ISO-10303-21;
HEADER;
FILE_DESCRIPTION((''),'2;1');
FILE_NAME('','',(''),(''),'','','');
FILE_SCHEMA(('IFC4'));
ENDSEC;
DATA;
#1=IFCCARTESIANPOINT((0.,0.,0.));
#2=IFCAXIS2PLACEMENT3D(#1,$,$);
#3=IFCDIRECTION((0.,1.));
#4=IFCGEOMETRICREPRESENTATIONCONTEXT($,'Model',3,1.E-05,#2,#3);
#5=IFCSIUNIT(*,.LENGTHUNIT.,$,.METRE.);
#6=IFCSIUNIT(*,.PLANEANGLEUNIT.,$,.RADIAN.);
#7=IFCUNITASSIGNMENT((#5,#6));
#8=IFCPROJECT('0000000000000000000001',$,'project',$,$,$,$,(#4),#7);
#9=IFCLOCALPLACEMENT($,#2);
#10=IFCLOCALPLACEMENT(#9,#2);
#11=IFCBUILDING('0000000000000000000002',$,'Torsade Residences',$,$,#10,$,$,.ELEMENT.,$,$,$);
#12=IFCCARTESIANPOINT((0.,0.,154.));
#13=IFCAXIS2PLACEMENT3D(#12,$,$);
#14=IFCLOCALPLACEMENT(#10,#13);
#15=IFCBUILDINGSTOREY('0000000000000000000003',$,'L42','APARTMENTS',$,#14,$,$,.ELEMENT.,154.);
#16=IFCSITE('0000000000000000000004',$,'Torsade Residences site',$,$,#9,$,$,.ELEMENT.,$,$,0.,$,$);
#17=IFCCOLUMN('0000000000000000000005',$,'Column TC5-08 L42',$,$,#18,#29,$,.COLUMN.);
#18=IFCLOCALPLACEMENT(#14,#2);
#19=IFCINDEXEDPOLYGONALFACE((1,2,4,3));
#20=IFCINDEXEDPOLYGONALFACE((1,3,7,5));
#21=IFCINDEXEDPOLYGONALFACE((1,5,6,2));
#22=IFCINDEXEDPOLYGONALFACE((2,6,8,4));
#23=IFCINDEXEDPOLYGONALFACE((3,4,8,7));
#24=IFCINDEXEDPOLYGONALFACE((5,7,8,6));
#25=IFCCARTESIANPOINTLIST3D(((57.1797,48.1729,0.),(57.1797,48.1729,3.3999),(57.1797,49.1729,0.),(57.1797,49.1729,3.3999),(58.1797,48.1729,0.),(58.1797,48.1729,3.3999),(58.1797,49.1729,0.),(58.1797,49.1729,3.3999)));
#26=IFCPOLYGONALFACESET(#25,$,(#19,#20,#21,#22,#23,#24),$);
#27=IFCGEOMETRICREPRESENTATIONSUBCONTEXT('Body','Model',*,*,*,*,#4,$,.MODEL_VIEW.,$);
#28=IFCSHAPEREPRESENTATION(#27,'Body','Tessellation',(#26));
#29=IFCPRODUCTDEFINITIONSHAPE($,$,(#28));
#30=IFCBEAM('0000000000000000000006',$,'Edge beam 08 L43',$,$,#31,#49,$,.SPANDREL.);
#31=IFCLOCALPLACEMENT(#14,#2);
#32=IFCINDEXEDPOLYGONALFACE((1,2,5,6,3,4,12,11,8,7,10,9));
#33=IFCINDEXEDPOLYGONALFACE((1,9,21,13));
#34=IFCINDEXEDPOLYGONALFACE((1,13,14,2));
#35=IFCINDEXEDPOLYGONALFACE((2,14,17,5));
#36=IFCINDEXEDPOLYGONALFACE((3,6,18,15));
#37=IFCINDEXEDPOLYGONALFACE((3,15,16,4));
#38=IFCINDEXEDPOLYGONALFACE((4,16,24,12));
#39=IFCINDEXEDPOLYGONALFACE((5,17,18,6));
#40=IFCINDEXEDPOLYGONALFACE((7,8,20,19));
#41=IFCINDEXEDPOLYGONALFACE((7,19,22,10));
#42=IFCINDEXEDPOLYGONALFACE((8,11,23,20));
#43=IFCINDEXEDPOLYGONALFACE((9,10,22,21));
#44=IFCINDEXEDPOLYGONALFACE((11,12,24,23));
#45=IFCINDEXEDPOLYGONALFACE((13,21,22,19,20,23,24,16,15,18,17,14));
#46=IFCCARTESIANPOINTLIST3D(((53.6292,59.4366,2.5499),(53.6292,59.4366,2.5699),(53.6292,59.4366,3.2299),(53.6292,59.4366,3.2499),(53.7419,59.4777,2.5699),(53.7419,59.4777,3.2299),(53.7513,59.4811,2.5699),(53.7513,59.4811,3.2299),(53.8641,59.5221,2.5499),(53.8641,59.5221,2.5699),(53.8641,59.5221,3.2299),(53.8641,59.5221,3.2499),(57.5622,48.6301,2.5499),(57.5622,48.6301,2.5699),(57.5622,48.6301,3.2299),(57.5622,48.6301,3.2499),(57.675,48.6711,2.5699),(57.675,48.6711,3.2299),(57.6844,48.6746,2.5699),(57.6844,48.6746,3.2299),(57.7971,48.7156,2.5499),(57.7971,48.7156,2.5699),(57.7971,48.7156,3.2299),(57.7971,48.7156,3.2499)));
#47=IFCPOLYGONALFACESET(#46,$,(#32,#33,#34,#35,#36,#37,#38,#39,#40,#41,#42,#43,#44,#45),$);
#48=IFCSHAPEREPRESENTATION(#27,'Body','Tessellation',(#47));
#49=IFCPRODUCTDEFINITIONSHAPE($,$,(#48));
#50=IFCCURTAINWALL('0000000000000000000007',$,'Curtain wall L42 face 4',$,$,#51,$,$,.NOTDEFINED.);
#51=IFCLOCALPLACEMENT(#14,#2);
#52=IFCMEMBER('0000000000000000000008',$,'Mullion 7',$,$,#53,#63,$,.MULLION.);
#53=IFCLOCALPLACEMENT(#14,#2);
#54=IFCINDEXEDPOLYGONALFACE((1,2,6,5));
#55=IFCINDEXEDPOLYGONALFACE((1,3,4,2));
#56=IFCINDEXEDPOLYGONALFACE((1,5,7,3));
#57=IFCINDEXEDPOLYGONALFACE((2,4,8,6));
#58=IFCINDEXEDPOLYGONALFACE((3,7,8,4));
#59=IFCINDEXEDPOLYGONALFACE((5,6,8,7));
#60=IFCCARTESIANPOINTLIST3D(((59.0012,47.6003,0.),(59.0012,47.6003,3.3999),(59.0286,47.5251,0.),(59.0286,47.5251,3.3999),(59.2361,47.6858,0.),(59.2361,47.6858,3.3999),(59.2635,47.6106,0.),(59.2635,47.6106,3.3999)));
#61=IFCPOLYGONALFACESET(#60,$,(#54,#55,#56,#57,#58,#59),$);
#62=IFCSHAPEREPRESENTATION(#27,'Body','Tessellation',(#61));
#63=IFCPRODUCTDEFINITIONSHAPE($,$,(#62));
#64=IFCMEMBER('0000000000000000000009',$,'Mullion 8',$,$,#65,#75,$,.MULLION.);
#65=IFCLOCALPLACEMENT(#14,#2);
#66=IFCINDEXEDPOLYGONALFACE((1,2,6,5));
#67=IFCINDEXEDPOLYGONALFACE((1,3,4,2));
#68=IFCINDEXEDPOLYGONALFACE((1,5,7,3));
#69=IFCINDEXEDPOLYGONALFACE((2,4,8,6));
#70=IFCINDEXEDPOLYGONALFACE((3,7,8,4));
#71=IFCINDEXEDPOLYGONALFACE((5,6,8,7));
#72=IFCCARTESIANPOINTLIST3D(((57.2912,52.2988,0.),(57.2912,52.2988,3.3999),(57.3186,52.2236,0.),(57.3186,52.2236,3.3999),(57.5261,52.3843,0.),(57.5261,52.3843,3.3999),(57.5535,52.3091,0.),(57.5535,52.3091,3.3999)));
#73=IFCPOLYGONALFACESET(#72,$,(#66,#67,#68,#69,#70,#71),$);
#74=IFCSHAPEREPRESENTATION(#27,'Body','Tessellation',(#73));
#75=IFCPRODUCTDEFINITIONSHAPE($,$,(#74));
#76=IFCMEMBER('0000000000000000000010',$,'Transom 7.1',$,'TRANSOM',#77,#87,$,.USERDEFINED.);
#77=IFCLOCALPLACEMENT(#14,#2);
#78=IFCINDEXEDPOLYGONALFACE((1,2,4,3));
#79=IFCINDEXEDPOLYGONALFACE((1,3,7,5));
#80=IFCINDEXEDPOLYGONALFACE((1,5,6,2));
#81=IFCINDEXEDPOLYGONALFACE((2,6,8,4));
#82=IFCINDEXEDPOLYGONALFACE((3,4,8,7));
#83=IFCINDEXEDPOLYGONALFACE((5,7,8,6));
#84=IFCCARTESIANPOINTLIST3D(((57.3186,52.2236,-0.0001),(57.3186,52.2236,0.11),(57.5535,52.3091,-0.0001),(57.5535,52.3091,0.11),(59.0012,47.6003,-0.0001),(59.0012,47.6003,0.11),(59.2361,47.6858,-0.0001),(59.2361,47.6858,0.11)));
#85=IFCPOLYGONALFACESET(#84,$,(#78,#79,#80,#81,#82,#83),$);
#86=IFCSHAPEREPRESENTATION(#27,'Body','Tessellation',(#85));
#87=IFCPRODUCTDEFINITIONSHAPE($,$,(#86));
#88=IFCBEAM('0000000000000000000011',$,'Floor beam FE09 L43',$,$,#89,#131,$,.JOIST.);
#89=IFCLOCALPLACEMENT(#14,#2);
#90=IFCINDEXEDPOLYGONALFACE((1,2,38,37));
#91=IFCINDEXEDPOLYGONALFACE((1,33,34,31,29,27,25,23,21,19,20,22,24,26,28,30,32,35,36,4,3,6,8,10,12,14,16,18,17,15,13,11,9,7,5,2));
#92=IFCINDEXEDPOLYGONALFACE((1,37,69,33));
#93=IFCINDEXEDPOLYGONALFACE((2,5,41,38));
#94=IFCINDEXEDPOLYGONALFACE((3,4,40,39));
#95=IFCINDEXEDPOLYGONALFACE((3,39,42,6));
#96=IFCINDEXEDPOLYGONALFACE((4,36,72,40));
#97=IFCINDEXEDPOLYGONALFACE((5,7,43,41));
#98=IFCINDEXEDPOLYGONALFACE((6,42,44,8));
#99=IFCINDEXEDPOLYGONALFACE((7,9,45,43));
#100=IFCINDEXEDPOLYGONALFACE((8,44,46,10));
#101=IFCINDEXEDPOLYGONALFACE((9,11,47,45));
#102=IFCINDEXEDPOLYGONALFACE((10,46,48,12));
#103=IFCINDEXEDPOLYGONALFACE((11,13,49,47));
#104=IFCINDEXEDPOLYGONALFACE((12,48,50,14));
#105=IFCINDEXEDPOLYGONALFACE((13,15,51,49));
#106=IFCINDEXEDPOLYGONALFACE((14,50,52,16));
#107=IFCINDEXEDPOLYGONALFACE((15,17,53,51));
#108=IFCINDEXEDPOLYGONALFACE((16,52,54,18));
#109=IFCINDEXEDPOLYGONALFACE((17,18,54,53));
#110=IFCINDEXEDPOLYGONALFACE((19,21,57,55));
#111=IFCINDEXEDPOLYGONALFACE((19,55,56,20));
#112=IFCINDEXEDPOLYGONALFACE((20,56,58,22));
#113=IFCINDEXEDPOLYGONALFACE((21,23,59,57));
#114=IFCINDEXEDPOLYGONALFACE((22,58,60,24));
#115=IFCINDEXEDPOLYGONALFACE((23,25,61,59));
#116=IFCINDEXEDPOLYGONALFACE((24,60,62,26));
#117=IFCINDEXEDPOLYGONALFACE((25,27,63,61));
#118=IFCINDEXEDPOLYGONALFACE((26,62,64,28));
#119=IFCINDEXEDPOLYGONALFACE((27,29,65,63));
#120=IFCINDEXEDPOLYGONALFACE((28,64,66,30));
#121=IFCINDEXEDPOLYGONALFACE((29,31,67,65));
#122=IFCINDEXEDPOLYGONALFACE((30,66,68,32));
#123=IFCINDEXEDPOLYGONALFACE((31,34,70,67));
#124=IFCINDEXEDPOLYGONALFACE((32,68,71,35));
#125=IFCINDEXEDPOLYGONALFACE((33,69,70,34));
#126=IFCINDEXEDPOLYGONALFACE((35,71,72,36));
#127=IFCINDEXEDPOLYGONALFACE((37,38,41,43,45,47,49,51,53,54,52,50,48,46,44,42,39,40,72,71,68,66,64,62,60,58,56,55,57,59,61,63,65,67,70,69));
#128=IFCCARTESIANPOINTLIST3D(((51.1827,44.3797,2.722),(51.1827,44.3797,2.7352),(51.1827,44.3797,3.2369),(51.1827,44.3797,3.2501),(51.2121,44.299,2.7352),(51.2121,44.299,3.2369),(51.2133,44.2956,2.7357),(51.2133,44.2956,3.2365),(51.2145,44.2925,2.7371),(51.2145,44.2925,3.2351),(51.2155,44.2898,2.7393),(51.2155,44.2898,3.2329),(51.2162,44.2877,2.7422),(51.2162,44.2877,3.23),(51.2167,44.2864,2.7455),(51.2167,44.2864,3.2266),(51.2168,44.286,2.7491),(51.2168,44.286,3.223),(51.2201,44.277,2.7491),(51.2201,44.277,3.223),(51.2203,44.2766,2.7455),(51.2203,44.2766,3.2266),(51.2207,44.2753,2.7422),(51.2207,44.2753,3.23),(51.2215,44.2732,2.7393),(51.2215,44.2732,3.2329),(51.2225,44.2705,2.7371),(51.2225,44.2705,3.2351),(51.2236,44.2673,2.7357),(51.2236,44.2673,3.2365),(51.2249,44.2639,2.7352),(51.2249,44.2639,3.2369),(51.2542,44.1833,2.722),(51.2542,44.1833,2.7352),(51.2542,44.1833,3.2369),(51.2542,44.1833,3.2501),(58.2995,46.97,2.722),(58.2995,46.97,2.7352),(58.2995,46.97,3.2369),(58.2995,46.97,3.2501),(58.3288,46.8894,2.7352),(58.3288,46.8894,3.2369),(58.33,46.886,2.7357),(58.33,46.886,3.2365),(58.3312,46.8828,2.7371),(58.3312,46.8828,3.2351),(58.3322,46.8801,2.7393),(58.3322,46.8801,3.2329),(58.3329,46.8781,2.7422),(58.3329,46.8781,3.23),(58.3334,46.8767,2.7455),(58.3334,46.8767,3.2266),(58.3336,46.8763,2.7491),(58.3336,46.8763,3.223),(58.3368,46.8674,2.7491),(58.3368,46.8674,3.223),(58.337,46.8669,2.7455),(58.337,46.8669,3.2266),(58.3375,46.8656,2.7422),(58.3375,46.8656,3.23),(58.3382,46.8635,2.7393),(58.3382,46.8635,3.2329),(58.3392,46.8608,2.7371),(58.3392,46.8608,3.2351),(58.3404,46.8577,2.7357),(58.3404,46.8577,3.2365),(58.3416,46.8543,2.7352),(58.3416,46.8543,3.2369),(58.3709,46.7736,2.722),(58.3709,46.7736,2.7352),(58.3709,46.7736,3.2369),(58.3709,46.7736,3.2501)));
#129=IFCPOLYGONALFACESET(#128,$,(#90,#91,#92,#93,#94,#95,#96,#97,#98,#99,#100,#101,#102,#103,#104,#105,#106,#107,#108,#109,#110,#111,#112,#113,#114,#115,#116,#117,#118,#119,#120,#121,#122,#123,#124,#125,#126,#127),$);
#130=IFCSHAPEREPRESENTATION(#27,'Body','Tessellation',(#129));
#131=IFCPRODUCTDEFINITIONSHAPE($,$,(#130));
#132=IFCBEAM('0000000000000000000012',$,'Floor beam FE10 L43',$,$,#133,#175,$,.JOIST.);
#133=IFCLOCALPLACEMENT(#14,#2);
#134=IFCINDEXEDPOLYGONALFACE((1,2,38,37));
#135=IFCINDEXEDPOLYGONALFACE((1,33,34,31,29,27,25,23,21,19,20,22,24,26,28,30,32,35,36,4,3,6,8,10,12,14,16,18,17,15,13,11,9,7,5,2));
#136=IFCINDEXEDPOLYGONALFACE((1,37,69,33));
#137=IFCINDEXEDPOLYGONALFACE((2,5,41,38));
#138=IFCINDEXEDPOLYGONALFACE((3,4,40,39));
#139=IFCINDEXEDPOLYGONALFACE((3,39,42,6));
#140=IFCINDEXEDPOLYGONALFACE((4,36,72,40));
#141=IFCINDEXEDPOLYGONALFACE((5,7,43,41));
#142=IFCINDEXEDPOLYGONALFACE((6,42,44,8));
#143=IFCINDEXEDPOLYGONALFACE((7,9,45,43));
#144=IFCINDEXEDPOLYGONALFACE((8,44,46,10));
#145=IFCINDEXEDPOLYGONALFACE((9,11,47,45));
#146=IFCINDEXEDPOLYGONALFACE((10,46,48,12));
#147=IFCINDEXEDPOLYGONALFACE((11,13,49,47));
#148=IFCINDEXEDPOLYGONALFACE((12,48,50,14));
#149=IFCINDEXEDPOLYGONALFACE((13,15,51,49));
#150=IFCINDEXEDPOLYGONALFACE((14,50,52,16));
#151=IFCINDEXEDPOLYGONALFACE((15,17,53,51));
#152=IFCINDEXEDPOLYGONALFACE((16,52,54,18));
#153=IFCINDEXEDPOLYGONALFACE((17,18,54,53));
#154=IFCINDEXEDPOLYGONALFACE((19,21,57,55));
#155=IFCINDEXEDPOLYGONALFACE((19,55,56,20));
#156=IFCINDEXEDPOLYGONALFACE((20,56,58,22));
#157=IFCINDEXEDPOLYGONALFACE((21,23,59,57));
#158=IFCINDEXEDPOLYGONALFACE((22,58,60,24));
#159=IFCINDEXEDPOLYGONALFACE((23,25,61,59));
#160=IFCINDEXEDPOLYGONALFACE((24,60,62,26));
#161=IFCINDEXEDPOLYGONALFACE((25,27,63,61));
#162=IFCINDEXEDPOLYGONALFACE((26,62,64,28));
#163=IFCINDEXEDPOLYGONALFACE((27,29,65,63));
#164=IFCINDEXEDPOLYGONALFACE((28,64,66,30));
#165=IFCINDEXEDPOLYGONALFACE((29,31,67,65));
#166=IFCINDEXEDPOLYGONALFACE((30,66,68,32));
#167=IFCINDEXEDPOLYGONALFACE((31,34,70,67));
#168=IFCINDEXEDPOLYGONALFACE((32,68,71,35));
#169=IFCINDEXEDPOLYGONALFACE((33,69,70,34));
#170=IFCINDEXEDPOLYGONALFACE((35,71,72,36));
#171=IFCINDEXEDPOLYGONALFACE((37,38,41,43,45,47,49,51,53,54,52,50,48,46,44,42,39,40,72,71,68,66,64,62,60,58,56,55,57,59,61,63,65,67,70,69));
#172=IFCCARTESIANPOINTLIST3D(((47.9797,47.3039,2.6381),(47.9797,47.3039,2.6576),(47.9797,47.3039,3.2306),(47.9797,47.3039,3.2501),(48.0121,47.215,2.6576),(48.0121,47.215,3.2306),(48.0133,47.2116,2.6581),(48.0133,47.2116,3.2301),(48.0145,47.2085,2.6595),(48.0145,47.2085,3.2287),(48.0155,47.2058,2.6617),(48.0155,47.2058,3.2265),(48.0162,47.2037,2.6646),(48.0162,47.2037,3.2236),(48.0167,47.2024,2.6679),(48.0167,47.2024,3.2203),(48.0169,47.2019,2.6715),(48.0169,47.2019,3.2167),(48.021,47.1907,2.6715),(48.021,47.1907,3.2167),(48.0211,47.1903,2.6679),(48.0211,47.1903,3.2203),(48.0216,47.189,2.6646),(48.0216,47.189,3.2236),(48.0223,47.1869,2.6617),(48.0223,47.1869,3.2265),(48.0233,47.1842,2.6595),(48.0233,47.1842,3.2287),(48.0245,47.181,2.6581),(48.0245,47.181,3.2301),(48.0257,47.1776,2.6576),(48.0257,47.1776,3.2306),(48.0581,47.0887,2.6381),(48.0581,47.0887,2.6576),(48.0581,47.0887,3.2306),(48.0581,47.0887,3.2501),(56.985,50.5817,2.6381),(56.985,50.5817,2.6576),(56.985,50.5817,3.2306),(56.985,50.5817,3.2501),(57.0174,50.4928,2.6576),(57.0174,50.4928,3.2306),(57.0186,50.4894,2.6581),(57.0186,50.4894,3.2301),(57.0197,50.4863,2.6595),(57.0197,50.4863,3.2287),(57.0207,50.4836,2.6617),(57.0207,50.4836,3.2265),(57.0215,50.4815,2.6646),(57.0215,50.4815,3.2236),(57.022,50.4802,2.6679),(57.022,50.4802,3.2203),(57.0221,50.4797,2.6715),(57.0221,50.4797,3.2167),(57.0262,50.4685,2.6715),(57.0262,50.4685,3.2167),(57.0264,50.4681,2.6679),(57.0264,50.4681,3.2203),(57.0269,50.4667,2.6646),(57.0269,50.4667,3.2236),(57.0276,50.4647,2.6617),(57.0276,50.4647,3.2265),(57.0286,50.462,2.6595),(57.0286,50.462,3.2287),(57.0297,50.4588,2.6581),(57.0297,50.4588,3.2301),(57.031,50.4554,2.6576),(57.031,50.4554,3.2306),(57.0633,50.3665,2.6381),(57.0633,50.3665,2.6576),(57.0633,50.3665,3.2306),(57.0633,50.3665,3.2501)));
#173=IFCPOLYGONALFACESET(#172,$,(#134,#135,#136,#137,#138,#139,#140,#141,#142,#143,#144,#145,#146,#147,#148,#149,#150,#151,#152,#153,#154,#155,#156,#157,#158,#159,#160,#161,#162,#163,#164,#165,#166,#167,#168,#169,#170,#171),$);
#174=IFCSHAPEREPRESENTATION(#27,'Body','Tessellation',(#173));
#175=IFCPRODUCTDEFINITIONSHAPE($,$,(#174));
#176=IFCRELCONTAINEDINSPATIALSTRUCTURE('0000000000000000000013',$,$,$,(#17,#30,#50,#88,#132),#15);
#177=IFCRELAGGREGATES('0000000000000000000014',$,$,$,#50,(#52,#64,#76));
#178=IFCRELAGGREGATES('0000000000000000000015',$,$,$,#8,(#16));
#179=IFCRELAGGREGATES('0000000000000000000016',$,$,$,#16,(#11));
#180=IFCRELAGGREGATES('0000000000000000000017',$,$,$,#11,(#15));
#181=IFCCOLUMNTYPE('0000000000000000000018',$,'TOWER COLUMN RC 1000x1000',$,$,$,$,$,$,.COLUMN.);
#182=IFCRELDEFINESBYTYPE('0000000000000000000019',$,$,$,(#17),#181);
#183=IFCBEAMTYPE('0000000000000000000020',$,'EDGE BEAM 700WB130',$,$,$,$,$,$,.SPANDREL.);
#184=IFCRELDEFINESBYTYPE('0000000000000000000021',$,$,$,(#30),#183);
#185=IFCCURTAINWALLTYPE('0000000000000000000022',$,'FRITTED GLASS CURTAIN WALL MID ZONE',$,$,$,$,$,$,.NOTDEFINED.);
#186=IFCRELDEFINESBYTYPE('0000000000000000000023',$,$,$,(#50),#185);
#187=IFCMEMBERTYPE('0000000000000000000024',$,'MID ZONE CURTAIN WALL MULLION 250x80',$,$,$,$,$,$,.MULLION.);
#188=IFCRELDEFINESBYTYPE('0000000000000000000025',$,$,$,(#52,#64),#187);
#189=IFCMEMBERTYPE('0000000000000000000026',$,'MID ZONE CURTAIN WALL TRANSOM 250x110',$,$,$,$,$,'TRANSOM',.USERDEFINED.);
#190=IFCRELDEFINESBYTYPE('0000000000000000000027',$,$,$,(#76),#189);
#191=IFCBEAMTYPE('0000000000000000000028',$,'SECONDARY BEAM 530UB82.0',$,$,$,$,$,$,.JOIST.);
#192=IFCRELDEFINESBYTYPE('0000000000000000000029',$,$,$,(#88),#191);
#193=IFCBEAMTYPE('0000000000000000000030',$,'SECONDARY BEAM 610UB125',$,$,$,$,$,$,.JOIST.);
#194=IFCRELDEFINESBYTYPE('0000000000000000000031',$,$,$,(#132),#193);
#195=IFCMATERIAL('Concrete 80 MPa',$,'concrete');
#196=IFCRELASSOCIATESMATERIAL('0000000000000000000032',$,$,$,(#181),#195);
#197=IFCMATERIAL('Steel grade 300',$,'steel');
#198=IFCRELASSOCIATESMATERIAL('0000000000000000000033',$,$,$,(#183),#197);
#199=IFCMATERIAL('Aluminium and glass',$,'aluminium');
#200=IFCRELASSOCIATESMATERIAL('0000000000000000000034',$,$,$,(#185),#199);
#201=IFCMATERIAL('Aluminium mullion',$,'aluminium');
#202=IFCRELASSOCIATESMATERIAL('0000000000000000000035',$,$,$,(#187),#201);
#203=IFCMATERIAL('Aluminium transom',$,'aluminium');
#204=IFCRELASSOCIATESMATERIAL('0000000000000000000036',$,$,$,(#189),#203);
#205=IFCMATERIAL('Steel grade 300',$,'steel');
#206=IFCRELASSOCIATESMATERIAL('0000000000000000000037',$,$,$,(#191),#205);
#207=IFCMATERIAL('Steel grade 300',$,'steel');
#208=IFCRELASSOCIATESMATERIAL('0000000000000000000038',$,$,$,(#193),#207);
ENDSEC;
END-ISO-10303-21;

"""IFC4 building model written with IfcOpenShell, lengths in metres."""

from ifc_helpers import new_model, si_unit, direction, frame, origin, origin_2d, place, context, subcontext, project, spatial, rectangle, i_section, extrude, material, material_profile, profile_set, type_object, element, aggregate, save


model = new_model("IFC4")

# Units and contexts
model_context = context("Model", 3, precision=1e-05, world=origin(), true_north=direction((0.0, 1.0)))
body_context = subcontext(model_context, "Body", "Model", "MODEL_VIEW")
ifc_project = project(units=[si_unit("LENGTHUNIT", "METRE"), si_unit("PLANEANGLEUNIT", "RADIAN")], contexts=[model_context])

# Site, building, storey
site_placement = place(None, origin())
site = spatial("IfcSite", under=ifc_project, at=site_placement, Name="Torsade Residences site", CompositionType="ELEMENT", RefElevation=0.0)
building_placement = place(site_placement, origin())
building = spatial("IfcBuilding", under=site, at=building_placement, Name="Torsade Residences", CompositionType="ELEMENT")
storey_placement = place(building_placement, frame((0.0, 0.0, 154.0)))
storey = spatial("IfcBuildingStorey", under=building, at=storey_placement, Name="L42", Description="APARTMENTS", CompositionType="ELEMENT", Elevation=154.0)

# Column
ifc_material_1 = material(Name="Concrete 80 MPa", Category="concrete")
ifc_material_profile_1 = material_profile(ifc_material_1, rectangle(XDim=1.0, YDim=1.0, at=origin_2d()), Name="RC 1000x1000")
ifc_profile_set_1 = profile_set([ifc_material_profile_1], Name="Concrete 80 MPa")
column_type = type_object("IfcColumnType", Name="TOWER COLUMN RC 1000x1000", PredefinedType="COLUMN", material=ifc_profile_set_1)
column_placement = place(storey_placement, frame((57.6797, 48.6729, 0.0), z_axis=(0.0, 0.0, 1.0), x_axis=(1.0, 0.0, 0.0)))
element("IfcColumn", 1, at=column_placement, inside=storey, type_object=column_type, Name="Column TC5-08 L42", PredefinedType="COLUMN", context=body_context, shape_type="SweptSolid", body=[
    extrude(rectangle(XDim=1.0, YDim=1.0, at=origin_2d()), origin(), (0.0, 0.0, 1.0), 3.3999),
])

# Beam
ifc_material_2 = material(Name="Steel grade 300", Category="steel")
ifc_material_profile_2 = material_profile(ifc_material_2, i_section(OverallWidth=0.25, OverallDepth=0.7, WebThickness=0.01, FlangeThickness=0.02, at=origin_2d()), Name="700WB130")
ifc_profile_set_2 = profile_set([ifc_material_profile_2], Name="Steel grade 300")
beam_type_1 = type_object("IfcBeamType", Name="EDGE BEAM 700WB130", PredefinedType="SPANDREL", material=ifc_profile_set_2)
beam_1_placement = place(storey_placement, frame((57.6797, 48.6729, 2.8999), z_axis=(-0.342006, 0.939698, 0.0), x_axis=(-0.939698, -0.342006, 0.0)))
element("IfcBeam", 2, at=beam_1_placement, inside=storey, type_object=beam_type_1, Name="Edge beam 08 L43", PredefinedType="SPANDREL", context=body_context, shape_type="SweptSolid", body=[
    extrude(i_section(OverallWidth=0.25, OverallDepth=0.7, WebThickness=0.01, FlangeThickness=0.02, at=origin_2d()), origin(), (0.0, 0.0, 1.0), 11.5),
])

# Curtain wall, members
ifc_material_3 = material(Name="Aluminium and glass", Category="aluminium")
curtain_wall_type = type_object("IfcCurtainWallType", Name="FRITTED GLASS CURTAIN WALL MID ZONE", PredefinedType="NOTDEFINED", material=ifc_material_3)
curtain_wall_placement = place(storey_placement, origin())
curtain_wall = element("IfcCurtainWall", 3, at=curtain_wall_placement, inside=storey, type_object=curtain_wall_type, Name="Curtain wall L42 face 4", PredefinedType="NOTDEFINED")
ifc_material_4 = material(Name="Aluminium mullion", Category="aluminium")
ifc_material_profile_3 = material_profile(ifc_material_4, rectangle(XDim=0.25, YDim=0.0801, at=origin_2d()), Name="MID ZONE CURTAIN WALL MULLION 250x80")
ifc_profile_set_3 = profile_set([ifc_material_profile_3], Name="Aluminium mullion")
member_type_1 = type_object("IfcMemberType", Name="MID ZONE CURTAIN WALL MULLION 250x80", PredefinedType="MULLION", material=ifc_profile_set_3)
member_1_placement = place(storey_placement, frame((59.1323, 47.6055, 0.0), z_axis=(0.0, 0.0, 1.0), x_axis=(-0.939693, -0.34202, 0.0)))
member_1 = element("IfcMember", 4, at=member_1_placement, type_object=member_type_1, Name="Mullion 7", PredefinedType="MULLION", context=body_context, shape_type="SweptSolid", body=[
    extrude(rectangle(XDim=0.25, YDim=0.0801, at=origin_2d()), origin(), (0.0, 0.0, 1.0), 3.3999),
])
member_2_placement = place(storey_placement, frame((57.4224, 52.304, 0.0), z_axis=(0.0, 0.0, 1.0), x_axis=(-0.939693, -0.34202, 0.0)))
member_2 = element("IfcMember", 5, at=member_2_placement, type_object=member_type_1, Name="Mullion 8", PredefinedType="MULLION", context=body_context, shape_type="SweptSolid", body=[
    extrude(rectangle(XDim=0.25, YDim=0.0801, at=origin_2d()), origin(), (0.0, 0.0, 1.0), 3.3999),
])
ifc_material_5 = material(Name="Aluminium transom", Category="aluminium")
ifc_material_profile_4 = material_profile(ifc_material_5, rectangle(XDim=0.25, YDim=0.1101, at=origin_2d()), Name="MID ZONE CURTAIN WALL TRANSOM 250x110")
ifc_profile_set_4 = profile_set([ifc_material_profile_4], Name="Aluminium transom")
member_type_2 = type_object("IfcMemberType", Name="MID ZONE CURTAIN WALL TRANSOM 250x110", ElementType="TRANSOM", PredefinedType="USERDEFINED", material=ifc_profile_set_4)
member_3_placement = place(storey_placement, frame((59.1187, 47.6431, 0.0549), z_axis=(-0.341998, 0.939701, 0.0), x_axis=(-0.939701, -0.341998, 0.0)))
member_3 = element("IfcMember", 6, at=member_3_placement, type_object=member_type_2, Name="Transom 7.1", ObjectType="TRANSOM", PredefinedType="USERDEFINED", context=body_context, shape_type="SweptSolid", body=[
    extrude(rectangle(XDim=0.25, YDim=0.1101, at=origin_2d()), origin(), (0.0, 0.0, 1.0), 4.9199),
])

# Beams
ifc_material_6 = material(Name="Steel grade 300", Category="steel")
ifc_material_profile_5 = material_profile(ifc_material_6, i_section(OverallWidth=0.209, OverallDepth=0.5281, WebThickness=0.0095, FlangeThickness=0.0132, FilletRadius=0.0139, at=origin_2d()), Name="530UB82.0")
ifc_profile_set_5 = profile_set([ifc_material_profile_5], Name="Steel grade 300")
beam_type_2 = type_object("IfcBeamType", Name="SECONDARY BEAM 530UB82.0", PredefinedType="JOIST", material=ifc_profile_set_5)
beam_2_placement = place(storey_placement, frame((58.3352, 46.8718, 2.9861), z_axis=(-0.93969, -0.342028, 0.0), x_axis=(0.342028, -0.93969, 0.0)))
element("IfcBeam", 7, at=beam_2_placement, inside=storey, type_object=beam_type_2, Name="Floor beam FE09 L43", PredefinedType="JOIST", context=body_context, shape_type="SweptSolid", body=[
    extrude(i_section(OverallWidth=0.209, OverallDepth=0.5281, WebThickness=0.0095, FlangeThickness=0.0132, FilletRadius=0.0139, at=origin_2d()), origin(), (0.0, 0.0, 1.0), 7.5735),
])
ifc_material_7 = material(Name="Steel grade 300", Category="steel")
ifc_material_profile_6 = material_profile(ifc_material_7, i_section(OverallWidth=0.229, OverallDepth=0.6121, WebThickness=0.012, FlangeThickness=0.0195, FilletRadius=0.0139, at=origin_2d()), Name="610UB125")
ifc_profile_set_6 = profile_set([ifc_material_profile_6], Name="Steel grade 300")
beam_type_3 = type_object("IfcBeamType", Name="SECONDARY BEAM 610UB125", PredefinedType="JOIST", material=ifc_profile_set_6)
beam_3_placement = place(storey_placement, frame((57.0242, 50.4741, 2.9441), z_axis=(-0.939688, -0.342034, 0.0), x_axis=(0.342034, -0.939688, 0.0)))
element("IfcBeam", 8, at=beam_3_placement, inside=storey, type_object=beam_type_3, Name="Floor beam FE10 L43", PredefinedType="JOIST", context=body_context, shape_type="SweptSolid", body=[
    extrude(i_section(OverallWidth=0.229, OverallDepth=0.6121, WebThickness=0.012, FlangeThickness=0.0195, FilletRadius=0.0139, at=origin_2d()), origin(), (0.0, 0.0, 1.0), 9.5833),
])

aggregate(curtain_wall, [member_1, member_2, member_3])

save(model, "model.ifc")
